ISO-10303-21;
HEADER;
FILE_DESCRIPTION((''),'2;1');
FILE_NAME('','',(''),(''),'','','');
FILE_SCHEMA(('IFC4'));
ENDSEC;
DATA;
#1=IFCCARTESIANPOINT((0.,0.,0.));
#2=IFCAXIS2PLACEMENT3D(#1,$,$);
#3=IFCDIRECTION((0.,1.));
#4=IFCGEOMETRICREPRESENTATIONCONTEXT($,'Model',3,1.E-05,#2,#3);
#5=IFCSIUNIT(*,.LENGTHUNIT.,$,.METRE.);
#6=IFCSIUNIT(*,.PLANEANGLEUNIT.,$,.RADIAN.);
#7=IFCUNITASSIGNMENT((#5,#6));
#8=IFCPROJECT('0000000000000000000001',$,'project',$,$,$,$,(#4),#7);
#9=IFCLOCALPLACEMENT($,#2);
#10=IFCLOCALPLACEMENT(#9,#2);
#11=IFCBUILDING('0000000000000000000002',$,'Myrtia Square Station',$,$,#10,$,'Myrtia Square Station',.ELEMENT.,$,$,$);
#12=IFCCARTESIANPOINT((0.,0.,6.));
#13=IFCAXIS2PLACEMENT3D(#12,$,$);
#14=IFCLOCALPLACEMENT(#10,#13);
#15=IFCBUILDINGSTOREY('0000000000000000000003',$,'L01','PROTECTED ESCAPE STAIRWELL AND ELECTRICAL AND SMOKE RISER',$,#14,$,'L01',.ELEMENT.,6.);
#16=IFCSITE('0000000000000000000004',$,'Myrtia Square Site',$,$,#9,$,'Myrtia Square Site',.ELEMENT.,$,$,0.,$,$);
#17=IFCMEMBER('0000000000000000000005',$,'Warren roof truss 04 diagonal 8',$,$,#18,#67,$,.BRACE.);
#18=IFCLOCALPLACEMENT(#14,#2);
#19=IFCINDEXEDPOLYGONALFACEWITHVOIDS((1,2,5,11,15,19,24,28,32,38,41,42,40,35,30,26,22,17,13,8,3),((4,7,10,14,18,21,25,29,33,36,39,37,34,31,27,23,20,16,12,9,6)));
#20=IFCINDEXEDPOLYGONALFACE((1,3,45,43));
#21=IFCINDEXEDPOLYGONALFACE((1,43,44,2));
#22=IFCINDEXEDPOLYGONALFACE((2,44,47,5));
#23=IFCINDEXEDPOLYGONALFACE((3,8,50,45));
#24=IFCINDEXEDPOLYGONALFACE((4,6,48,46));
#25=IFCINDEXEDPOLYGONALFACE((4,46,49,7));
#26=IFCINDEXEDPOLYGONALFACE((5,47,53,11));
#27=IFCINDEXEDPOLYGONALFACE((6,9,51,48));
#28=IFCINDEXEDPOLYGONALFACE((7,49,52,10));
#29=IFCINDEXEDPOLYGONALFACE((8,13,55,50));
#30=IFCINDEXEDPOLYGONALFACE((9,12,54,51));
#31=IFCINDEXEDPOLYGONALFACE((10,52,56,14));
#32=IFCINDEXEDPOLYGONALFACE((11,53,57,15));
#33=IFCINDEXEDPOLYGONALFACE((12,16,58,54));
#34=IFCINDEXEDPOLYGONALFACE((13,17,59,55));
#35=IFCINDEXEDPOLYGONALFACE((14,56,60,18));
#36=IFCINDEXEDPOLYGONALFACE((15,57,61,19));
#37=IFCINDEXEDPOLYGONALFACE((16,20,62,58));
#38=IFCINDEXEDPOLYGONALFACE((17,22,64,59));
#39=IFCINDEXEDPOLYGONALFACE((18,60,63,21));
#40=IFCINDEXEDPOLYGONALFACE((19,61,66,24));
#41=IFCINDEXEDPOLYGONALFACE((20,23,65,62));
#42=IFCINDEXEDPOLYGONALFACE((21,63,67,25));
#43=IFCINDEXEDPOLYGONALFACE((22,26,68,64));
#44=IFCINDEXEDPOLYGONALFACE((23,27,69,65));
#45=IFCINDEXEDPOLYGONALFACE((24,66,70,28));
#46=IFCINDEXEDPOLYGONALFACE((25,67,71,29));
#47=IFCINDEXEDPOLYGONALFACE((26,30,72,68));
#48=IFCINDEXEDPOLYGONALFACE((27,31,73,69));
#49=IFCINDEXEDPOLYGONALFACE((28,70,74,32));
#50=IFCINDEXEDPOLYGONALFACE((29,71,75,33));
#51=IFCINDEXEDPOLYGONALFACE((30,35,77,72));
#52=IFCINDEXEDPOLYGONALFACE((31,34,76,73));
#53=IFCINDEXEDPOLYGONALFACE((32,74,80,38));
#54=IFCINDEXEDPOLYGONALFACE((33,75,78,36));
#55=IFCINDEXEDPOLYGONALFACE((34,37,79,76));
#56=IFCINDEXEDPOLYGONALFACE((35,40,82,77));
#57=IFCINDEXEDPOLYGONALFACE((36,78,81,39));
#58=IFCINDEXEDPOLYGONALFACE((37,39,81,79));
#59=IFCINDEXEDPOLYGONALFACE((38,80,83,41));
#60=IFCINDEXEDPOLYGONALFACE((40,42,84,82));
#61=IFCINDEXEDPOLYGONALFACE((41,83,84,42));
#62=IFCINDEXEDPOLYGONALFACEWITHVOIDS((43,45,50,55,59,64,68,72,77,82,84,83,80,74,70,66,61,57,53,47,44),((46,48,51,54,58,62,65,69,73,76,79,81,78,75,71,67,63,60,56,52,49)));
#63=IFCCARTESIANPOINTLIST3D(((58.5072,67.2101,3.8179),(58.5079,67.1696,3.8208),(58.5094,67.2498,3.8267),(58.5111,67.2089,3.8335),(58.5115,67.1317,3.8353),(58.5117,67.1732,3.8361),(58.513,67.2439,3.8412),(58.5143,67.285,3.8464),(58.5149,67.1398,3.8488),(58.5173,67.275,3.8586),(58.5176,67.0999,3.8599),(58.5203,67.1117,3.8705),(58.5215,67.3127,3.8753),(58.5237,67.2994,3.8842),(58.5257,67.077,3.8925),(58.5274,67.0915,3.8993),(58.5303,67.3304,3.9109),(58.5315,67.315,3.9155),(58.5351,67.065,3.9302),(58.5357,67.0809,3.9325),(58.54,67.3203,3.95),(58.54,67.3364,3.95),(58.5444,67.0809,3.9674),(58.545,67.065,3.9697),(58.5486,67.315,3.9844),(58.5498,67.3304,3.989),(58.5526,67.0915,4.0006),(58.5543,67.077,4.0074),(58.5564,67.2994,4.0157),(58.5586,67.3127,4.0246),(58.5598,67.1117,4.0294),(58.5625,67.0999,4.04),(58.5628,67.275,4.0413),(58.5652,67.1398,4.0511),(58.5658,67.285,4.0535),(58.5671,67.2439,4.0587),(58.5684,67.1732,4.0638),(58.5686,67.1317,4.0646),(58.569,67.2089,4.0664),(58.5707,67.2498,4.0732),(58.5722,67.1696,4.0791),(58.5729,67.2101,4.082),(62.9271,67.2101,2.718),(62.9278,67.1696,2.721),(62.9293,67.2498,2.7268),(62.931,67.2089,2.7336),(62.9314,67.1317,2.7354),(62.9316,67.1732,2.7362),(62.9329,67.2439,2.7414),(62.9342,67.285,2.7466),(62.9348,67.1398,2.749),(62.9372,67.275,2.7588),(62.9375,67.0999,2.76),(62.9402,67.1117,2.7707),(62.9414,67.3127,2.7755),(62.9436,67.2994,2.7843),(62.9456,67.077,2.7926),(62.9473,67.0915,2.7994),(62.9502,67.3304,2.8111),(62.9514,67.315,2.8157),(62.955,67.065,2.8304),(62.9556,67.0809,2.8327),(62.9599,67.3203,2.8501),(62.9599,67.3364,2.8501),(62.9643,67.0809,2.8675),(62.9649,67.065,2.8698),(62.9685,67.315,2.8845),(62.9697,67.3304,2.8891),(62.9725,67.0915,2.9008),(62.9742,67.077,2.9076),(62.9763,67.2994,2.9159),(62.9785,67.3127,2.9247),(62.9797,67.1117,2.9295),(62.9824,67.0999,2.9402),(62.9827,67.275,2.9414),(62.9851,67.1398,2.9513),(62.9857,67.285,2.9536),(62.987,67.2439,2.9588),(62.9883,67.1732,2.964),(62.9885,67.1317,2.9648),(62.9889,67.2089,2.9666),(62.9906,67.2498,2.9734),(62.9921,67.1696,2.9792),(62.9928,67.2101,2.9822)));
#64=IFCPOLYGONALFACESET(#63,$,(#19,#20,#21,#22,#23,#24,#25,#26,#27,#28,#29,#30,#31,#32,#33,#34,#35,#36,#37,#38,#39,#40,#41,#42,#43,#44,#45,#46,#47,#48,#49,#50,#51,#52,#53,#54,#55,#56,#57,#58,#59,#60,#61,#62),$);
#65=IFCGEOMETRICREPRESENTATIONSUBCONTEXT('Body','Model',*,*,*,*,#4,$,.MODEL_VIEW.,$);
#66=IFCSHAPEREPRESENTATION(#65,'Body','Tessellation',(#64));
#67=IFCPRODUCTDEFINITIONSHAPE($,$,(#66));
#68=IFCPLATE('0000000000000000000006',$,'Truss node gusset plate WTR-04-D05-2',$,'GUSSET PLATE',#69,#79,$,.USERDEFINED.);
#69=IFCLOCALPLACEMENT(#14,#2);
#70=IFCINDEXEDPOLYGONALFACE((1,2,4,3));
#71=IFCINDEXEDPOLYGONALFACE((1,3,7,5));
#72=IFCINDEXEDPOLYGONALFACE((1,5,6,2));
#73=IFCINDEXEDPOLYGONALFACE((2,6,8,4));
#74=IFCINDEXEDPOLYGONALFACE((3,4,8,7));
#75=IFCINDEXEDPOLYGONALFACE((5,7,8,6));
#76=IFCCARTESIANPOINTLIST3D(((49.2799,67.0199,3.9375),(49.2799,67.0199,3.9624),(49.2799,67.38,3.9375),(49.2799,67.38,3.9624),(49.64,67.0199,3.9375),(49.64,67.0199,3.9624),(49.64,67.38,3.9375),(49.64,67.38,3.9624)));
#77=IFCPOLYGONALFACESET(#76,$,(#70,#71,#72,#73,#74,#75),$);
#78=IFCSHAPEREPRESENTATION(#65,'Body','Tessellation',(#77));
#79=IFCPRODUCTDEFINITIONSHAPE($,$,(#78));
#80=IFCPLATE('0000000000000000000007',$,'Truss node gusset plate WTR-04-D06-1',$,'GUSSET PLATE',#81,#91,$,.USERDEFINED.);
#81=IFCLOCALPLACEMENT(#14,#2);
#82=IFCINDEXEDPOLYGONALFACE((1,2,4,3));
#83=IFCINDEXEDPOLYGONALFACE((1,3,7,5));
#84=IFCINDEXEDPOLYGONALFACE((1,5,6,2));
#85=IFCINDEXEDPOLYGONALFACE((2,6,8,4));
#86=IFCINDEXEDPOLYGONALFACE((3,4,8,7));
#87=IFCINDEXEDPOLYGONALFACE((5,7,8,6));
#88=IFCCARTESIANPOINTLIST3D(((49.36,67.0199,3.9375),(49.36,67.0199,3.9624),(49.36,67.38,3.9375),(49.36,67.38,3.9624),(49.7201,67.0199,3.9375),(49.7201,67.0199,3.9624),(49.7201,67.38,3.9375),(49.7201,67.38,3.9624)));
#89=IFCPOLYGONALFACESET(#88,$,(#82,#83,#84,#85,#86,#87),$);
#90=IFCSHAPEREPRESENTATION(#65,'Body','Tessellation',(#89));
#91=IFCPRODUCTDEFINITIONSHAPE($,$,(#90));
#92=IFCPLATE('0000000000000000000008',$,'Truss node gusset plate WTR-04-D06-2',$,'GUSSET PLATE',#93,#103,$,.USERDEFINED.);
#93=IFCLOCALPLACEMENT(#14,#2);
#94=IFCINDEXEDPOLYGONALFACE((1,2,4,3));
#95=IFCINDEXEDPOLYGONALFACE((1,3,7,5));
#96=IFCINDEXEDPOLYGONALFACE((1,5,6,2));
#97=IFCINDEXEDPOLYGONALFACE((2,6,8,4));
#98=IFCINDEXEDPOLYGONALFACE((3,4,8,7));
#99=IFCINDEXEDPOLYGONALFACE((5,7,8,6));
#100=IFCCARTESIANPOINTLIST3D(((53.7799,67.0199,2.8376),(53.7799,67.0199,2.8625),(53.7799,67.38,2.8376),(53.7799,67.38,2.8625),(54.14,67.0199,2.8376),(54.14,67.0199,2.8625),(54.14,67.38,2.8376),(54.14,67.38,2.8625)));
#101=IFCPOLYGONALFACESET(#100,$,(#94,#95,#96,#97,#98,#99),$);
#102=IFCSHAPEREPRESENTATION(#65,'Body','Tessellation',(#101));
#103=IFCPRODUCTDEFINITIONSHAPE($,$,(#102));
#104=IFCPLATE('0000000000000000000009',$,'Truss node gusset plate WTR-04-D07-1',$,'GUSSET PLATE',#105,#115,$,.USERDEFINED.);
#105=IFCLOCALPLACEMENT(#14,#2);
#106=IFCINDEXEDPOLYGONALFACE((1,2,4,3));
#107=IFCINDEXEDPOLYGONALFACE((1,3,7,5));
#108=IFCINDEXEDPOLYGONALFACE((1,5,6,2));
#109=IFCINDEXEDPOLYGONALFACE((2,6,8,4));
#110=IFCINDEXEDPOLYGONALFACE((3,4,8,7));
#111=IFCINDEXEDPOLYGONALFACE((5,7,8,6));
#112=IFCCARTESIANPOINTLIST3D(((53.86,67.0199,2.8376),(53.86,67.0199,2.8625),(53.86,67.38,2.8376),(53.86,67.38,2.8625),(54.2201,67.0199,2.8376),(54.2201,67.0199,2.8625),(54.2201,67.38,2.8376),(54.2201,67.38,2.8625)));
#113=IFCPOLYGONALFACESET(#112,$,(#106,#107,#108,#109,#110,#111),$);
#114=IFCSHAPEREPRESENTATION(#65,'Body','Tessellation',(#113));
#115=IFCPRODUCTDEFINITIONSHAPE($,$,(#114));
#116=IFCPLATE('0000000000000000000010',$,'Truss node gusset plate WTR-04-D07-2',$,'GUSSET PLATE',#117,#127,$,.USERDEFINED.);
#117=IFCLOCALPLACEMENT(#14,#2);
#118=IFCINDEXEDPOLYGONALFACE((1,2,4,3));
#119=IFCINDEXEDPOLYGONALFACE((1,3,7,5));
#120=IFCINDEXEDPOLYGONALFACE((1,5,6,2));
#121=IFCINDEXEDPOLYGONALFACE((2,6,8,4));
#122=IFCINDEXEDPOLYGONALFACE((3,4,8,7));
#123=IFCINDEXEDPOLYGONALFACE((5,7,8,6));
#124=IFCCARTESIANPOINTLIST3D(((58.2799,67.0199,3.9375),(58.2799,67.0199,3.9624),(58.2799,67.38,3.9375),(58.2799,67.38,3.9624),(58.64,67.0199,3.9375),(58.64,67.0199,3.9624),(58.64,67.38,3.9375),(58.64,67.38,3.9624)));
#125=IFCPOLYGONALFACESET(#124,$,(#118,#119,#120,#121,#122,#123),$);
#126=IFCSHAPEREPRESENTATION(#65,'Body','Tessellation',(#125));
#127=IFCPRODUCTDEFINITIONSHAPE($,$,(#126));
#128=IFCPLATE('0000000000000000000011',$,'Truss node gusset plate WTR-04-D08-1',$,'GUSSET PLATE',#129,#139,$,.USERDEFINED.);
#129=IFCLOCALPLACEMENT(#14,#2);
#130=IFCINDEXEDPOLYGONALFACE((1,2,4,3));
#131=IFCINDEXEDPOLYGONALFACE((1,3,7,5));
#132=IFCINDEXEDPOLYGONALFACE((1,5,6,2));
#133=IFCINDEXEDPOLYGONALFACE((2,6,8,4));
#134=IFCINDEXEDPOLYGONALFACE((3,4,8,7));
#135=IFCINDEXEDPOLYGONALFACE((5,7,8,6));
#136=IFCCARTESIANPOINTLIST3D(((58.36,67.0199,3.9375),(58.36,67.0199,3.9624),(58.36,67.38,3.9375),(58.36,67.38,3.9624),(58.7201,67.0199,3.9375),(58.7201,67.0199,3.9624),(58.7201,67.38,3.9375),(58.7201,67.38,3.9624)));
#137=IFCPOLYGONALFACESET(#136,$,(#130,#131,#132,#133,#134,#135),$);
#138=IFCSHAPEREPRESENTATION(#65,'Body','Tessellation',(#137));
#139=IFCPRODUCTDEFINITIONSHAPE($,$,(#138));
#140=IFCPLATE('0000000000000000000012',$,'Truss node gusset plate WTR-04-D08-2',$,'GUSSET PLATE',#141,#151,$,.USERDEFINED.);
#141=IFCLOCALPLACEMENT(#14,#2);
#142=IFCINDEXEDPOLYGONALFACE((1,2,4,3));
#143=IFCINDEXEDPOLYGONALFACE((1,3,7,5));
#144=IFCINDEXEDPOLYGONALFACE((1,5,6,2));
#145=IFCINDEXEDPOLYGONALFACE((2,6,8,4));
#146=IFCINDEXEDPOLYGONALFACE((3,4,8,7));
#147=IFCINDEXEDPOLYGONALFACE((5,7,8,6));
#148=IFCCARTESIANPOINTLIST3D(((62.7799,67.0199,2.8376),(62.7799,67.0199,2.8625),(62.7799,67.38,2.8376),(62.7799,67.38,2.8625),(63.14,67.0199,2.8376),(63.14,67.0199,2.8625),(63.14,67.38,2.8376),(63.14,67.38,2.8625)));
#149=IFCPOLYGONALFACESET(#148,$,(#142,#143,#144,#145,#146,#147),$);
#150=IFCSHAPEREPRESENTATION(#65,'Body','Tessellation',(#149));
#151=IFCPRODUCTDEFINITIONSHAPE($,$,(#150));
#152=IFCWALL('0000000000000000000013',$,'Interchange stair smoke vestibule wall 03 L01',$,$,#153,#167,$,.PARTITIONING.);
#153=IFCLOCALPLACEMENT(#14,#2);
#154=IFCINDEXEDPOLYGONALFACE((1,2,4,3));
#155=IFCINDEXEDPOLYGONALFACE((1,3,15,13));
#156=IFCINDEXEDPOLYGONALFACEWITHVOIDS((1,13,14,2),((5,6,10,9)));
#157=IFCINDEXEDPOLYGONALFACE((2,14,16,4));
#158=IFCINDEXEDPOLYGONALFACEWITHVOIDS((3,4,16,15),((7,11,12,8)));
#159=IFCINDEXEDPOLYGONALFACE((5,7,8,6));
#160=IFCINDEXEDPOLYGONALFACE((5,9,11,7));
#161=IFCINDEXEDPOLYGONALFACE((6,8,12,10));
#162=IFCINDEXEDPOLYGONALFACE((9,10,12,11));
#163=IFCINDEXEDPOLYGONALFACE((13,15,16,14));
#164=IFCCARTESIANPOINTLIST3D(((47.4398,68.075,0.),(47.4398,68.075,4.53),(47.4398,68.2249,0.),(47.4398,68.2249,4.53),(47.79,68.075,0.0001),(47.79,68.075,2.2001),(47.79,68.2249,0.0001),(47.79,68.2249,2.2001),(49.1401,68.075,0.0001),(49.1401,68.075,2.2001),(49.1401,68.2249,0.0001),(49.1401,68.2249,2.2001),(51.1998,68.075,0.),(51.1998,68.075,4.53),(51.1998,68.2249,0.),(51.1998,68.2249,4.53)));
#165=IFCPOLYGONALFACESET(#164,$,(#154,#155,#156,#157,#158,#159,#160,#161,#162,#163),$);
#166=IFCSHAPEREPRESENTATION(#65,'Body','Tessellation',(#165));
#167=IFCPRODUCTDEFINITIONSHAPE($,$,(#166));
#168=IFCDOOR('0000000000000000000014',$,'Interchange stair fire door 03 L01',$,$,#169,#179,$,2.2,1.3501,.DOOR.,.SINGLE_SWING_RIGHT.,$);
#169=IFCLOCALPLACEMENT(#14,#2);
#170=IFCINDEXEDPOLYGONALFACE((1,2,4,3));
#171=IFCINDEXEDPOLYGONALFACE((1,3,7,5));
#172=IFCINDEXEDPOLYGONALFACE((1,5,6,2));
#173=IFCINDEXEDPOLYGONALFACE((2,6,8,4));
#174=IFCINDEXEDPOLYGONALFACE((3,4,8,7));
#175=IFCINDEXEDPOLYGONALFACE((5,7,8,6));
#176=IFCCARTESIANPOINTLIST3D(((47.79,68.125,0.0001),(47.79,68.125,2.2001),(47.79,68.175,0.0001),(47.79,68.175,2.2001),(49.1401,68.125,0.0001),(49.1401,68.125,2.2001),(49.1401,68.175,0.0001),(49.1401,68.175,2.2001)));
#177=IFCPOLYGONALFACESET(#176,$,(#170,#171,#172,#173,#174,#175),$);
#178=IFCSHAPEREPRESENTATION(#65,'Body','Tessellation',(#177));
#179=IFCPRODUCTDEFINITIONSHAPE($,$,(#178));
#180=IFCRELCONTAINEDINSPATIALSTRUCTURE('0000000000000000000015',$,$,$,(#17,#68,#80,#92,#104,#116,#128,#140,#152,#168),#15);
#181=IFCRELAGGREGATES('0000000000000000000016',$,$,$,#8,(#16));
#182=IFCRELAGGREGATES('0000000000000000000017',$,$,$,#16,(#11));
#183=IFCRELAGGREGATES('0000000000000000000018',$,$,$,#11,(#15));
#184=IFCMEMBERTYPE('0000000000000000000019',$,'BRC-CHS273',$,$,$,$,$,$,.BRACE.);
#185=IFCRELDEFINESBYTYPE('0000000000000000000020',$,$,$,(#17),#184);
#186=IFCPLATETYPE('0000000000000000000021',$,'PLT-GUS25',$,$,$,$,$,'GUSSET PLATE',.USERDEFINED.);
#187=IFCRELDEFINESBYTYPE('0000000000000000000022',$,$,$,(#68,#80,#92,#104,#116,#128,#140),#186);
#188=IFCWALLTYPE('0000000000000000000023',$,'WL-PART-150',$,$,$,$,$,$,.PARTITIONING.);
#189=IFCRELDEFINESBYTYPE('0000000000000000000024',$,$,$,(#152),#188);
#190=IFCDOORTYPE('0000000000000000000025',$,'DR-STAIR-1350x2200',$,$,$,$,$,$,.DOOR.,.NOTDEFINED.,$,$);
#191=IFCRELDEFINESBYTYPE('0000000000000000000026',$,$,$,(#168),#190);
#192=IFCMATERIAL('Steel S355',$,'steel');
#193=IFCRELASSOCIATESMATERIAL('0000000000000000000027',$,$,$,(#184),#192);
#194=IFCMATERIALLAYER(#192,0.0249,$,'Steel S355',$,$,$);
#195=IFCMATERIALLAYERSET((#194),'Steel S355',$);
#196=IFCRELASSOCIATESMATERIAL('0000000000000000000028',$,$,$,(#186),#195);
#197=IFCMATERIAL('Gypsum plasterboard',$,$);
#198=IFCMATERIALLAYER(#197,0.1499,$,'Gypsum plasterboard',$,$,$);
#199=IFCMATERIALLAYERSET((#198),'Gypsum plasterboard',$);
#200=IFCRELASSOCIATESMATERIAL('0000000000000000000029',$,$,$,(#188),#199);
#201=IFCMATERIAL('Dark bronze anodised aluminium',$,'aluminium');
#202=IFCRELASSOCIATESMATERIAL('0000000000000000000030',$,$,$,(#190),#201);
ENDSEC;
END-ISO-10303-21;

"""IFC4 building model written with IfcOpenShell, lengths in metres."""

from ifc_helpers import new_model, si_unit, direction, frame, frame_2d, origin, origin_2d, place, context, subcontext, project, spatial, rectangle, hollow_circle, extrude, material, layer, layer_set, material_profile, profile_set, type_object, element, fill, save


model = new_model("IFC4")

# Units and contexts
model_context = context("Model", 3, precision=1e-05, world=origin(), true_north=direction((0.0, 1.0)))
body_context = subcontext(model_context, "Body", "Model", "MODEL_VIEW")
ifc_project = project(units=[si_unit("LENGTHUNIT", "METRE"), si_unit("PLANEANGLEUNIT", "RADIAN")], contexts=[model_context])

# Site, building, storey
site_placement = place(None, origin())
site = spatial("IfcSite", under=ifc_project, at=site_placement, Name="Myrtia Square Site", LongName="Myrtia Square Site", CompositionType="ELEMENT", RefElevation=0.0)
building_placement = place(site_placement, origin())
building = spatial("IfcBuilding", under=site, at=building_placement, Name="Myrtia Square Station", LongName="Myrtia Square Station", CompositionType="ELEMENT")
storey_placement = place(building_placement, frame((0.0, 0.0, 6.0)))
storey = spatial("IfcBuildingStorey", under=building, at=storey_placement, Name="L01", Description="PROTECTED ESCAPE STAIRWELL AND ELECTRICAL AND SMOKE RISER", LongName="L01", CompositionType="ELEMENT", Elevation=6.0)

# Shared definitions
ifc_material_1 = material(Name="Steel S355", Category="steel")

# Member
ifc_material_profile_1 = material_profile(ifc_material_1, hollow_circle(Radius=0.1365, WallThickness=0.0161, at=origin_2d()), Name="CHS 273x16")
ifc_profile_set_1 = profile_set([ifc_material_profile_1], Name="Steel S355")
member_type_1 = type_object("IfcMemberType", Name="BRC-CHS273", PredefinedType="BRACE", material=ifc_profile_set_1)
member_placement = place(storey_placement, frame((58.54, 67.2, 3.95), z_axis=(0.970407, 0.0, -0.241476), x_axis=(0.0, 1.0, 0.0)))
element("IfcMember", 1, at=member_placement, inside=storey, type_object=member_type_1, Name="Warren roof truss 04 diagonal 8", PredefinedType="BRACE", context=body_context, shape_type="SweptSolid", body=[
    extrude(hollow_circle(Radius=0.1365, WallThickness=0.0161, at=origin_2d()), origin(), (0.0, 0.0, 1.0), 4.5547),
])

# Plates
ifc_layer_1 = layer(ifc_material_1, 0.0249, Name="Steel S355")
ifc_layer_set_1 = layer_set([ifc_layer_1], Name="Steel S355")
plate_type = type_object("IfcPlateType", Name="PLT-GUS25", ElementType="GUSSET PLATE", PredefinedType="USERDEFINED", material=ifc_layer_set_1)
for number, where, z_axis, x_axis, name in (
    (2, (49.46, 67.2, 3.9375), (0.0, 0.0, 1.0), (1.0, 0.0, 0.0), "Truss node gusset plate WTR-04-D05-2"),
    (3, (49.54, 67.2, 3.9375), (0.0, 0.0, 1.0), (1.0, 0.0, 0.0), "Truss node gusset plate WTR-04-D06-1"),
    (4, (53.96, 67.2, 2.8376), (0.0, 0.0, 1.0), (1.0, 0.0, 0.0), "Truss node gusset plate WTR-04-D06-2"),
    (5, (54.04, 67.2, 2.8376), (0.0, 0.0, 1.0), (1.0, 0.0, 0.0), "Truss node gusset plate WTR-04-D07-1"),
    (6, (58.46, 67.2, 3.9375), (0.0, 0.0, 1.0), (1.0, 0.0, 0.0), "Truss node gusset plate WTR-04-D07-2"),
    (7, (58.54, 67.2, 3.9375), (0.0, 0.0, 1.0), (1.0, 0.0, 0.0), "Truss node gusset plate WTR-04-D08-1"),
    (8, (62.96, 67.2, 2.8376), (0.0, 0.0, 1.0), (1.0, 0.0, 0.0), "Truss node gusset plate WTR-04-D08-2"),
):
    element("IfcPlate", number, at=place(storey_placement, frame(where, z_axis=z_axis, x_axis=x_axis)), inside=storey, type_object=plate_type, Name=name, ObjectType="GUSSET PLATE", PredefinedType="USERDEFINED", context=body_context, shape_type="SweptSolid", body=[
        extrude(rectangle(XDim=0.3601, YDim=0.3601, at=origin_2d()), origin(), (0.0, 0.0, 1.0), 0.0249),
    ])

# Wall, opening, door
ifc_material_2 = material(Name="Gypsum plasterboard")
ifc_layer_2 = layer(ifc_material_2, 0.1499, Name="Gypsum plasterboard")
ifc_layer_set_2 = layer_set([ifc_layer_2], Name="Gypsum plasterboard")
wall_type = type_object("IfcWallType", Name="WL-PART-150", PredefinedType="PARTITIONING", material=ifc_layer_set_2)
wall_placement = place(storey_placement, frame((47.4399, 68.1499, 0.0), z_axis=(0.0, 0.0, 1.0), x_axis=(1.0, 0.0, 0.0)))
wall = element("IfcWall", 9, at=wall_placement, inside=storey, type_object=wall_type, Name="Interchange stair smoke vestibule wall 03 L01", PredefinedType="PARTITIONING", context=body_context, shape_type="SweptSolid", body=[
    extrude(rectangle(XDim=3.76, YDim=0.1499, at=frame_2d((1.8799, 0.0))), origin(), (0.0, 0.0, 1.0), 4.53),
])
opening_placement = place(wall_placement, frame((0.3501, 0.0, 0.0)))
opening = element("IfcOpeningElement", 10, at=opening_placement, cuts=wall, PredefinedType="OPENING", context=body_context, shape_type="SweptSolid", body=[
    extrude(rectangle(XDim=1.3501, YDim=2.2, at=frame_2d((0.675, 1.1001))), frame((0.0, 0.0898, 0.0), z_axis=(0.0, -1.0, 0.0), x_axis=(1.0, 0.0, 0.0)), (0.0, 0.0, 1.0), 0.1799),
])
ifc_material_3 = material(Name="Dark bronze anodised aluminium", Category="aluminium")
door_type = type_object("IfcDoorType", Name="DR-STAIR-1350x2200", OperationType="NOTDEFINED", PredefinedType="DOOR", material=ifc_material_3)
door_placement = place(opening_placement, frame((1.3501, 0.0, 0.0), z_axis=(0.0, 0.0, 1.0), x_axis=(-1.0, 0.0, 0.0)))
door = element("IfcDoor", 11, at=door_placement, inside=storey, type_object=door_type, Name="Interchange stair fire door 03 L01", OperationType="SINGLE_SWING_RIGHT", OverallHeight=2.2, OverallWidth=1.3501, PredefinedType="DOOR", context=body_context, shape_type="SweptSolid", body=[
    extrude(rectangle(XDim=1.3501, YDim=2.2, at=frame_2d((0.675, 1.1001))), frame((0.0, 0.0249, 0.0), z_axis=(0.0, -1.0, 0.0), x_axis=(1.0, 0.0, 0.0)), (0.0, 0.0, 1.0), 0.05),
])
fill(opening, door)

save(model, "model.ifc")
